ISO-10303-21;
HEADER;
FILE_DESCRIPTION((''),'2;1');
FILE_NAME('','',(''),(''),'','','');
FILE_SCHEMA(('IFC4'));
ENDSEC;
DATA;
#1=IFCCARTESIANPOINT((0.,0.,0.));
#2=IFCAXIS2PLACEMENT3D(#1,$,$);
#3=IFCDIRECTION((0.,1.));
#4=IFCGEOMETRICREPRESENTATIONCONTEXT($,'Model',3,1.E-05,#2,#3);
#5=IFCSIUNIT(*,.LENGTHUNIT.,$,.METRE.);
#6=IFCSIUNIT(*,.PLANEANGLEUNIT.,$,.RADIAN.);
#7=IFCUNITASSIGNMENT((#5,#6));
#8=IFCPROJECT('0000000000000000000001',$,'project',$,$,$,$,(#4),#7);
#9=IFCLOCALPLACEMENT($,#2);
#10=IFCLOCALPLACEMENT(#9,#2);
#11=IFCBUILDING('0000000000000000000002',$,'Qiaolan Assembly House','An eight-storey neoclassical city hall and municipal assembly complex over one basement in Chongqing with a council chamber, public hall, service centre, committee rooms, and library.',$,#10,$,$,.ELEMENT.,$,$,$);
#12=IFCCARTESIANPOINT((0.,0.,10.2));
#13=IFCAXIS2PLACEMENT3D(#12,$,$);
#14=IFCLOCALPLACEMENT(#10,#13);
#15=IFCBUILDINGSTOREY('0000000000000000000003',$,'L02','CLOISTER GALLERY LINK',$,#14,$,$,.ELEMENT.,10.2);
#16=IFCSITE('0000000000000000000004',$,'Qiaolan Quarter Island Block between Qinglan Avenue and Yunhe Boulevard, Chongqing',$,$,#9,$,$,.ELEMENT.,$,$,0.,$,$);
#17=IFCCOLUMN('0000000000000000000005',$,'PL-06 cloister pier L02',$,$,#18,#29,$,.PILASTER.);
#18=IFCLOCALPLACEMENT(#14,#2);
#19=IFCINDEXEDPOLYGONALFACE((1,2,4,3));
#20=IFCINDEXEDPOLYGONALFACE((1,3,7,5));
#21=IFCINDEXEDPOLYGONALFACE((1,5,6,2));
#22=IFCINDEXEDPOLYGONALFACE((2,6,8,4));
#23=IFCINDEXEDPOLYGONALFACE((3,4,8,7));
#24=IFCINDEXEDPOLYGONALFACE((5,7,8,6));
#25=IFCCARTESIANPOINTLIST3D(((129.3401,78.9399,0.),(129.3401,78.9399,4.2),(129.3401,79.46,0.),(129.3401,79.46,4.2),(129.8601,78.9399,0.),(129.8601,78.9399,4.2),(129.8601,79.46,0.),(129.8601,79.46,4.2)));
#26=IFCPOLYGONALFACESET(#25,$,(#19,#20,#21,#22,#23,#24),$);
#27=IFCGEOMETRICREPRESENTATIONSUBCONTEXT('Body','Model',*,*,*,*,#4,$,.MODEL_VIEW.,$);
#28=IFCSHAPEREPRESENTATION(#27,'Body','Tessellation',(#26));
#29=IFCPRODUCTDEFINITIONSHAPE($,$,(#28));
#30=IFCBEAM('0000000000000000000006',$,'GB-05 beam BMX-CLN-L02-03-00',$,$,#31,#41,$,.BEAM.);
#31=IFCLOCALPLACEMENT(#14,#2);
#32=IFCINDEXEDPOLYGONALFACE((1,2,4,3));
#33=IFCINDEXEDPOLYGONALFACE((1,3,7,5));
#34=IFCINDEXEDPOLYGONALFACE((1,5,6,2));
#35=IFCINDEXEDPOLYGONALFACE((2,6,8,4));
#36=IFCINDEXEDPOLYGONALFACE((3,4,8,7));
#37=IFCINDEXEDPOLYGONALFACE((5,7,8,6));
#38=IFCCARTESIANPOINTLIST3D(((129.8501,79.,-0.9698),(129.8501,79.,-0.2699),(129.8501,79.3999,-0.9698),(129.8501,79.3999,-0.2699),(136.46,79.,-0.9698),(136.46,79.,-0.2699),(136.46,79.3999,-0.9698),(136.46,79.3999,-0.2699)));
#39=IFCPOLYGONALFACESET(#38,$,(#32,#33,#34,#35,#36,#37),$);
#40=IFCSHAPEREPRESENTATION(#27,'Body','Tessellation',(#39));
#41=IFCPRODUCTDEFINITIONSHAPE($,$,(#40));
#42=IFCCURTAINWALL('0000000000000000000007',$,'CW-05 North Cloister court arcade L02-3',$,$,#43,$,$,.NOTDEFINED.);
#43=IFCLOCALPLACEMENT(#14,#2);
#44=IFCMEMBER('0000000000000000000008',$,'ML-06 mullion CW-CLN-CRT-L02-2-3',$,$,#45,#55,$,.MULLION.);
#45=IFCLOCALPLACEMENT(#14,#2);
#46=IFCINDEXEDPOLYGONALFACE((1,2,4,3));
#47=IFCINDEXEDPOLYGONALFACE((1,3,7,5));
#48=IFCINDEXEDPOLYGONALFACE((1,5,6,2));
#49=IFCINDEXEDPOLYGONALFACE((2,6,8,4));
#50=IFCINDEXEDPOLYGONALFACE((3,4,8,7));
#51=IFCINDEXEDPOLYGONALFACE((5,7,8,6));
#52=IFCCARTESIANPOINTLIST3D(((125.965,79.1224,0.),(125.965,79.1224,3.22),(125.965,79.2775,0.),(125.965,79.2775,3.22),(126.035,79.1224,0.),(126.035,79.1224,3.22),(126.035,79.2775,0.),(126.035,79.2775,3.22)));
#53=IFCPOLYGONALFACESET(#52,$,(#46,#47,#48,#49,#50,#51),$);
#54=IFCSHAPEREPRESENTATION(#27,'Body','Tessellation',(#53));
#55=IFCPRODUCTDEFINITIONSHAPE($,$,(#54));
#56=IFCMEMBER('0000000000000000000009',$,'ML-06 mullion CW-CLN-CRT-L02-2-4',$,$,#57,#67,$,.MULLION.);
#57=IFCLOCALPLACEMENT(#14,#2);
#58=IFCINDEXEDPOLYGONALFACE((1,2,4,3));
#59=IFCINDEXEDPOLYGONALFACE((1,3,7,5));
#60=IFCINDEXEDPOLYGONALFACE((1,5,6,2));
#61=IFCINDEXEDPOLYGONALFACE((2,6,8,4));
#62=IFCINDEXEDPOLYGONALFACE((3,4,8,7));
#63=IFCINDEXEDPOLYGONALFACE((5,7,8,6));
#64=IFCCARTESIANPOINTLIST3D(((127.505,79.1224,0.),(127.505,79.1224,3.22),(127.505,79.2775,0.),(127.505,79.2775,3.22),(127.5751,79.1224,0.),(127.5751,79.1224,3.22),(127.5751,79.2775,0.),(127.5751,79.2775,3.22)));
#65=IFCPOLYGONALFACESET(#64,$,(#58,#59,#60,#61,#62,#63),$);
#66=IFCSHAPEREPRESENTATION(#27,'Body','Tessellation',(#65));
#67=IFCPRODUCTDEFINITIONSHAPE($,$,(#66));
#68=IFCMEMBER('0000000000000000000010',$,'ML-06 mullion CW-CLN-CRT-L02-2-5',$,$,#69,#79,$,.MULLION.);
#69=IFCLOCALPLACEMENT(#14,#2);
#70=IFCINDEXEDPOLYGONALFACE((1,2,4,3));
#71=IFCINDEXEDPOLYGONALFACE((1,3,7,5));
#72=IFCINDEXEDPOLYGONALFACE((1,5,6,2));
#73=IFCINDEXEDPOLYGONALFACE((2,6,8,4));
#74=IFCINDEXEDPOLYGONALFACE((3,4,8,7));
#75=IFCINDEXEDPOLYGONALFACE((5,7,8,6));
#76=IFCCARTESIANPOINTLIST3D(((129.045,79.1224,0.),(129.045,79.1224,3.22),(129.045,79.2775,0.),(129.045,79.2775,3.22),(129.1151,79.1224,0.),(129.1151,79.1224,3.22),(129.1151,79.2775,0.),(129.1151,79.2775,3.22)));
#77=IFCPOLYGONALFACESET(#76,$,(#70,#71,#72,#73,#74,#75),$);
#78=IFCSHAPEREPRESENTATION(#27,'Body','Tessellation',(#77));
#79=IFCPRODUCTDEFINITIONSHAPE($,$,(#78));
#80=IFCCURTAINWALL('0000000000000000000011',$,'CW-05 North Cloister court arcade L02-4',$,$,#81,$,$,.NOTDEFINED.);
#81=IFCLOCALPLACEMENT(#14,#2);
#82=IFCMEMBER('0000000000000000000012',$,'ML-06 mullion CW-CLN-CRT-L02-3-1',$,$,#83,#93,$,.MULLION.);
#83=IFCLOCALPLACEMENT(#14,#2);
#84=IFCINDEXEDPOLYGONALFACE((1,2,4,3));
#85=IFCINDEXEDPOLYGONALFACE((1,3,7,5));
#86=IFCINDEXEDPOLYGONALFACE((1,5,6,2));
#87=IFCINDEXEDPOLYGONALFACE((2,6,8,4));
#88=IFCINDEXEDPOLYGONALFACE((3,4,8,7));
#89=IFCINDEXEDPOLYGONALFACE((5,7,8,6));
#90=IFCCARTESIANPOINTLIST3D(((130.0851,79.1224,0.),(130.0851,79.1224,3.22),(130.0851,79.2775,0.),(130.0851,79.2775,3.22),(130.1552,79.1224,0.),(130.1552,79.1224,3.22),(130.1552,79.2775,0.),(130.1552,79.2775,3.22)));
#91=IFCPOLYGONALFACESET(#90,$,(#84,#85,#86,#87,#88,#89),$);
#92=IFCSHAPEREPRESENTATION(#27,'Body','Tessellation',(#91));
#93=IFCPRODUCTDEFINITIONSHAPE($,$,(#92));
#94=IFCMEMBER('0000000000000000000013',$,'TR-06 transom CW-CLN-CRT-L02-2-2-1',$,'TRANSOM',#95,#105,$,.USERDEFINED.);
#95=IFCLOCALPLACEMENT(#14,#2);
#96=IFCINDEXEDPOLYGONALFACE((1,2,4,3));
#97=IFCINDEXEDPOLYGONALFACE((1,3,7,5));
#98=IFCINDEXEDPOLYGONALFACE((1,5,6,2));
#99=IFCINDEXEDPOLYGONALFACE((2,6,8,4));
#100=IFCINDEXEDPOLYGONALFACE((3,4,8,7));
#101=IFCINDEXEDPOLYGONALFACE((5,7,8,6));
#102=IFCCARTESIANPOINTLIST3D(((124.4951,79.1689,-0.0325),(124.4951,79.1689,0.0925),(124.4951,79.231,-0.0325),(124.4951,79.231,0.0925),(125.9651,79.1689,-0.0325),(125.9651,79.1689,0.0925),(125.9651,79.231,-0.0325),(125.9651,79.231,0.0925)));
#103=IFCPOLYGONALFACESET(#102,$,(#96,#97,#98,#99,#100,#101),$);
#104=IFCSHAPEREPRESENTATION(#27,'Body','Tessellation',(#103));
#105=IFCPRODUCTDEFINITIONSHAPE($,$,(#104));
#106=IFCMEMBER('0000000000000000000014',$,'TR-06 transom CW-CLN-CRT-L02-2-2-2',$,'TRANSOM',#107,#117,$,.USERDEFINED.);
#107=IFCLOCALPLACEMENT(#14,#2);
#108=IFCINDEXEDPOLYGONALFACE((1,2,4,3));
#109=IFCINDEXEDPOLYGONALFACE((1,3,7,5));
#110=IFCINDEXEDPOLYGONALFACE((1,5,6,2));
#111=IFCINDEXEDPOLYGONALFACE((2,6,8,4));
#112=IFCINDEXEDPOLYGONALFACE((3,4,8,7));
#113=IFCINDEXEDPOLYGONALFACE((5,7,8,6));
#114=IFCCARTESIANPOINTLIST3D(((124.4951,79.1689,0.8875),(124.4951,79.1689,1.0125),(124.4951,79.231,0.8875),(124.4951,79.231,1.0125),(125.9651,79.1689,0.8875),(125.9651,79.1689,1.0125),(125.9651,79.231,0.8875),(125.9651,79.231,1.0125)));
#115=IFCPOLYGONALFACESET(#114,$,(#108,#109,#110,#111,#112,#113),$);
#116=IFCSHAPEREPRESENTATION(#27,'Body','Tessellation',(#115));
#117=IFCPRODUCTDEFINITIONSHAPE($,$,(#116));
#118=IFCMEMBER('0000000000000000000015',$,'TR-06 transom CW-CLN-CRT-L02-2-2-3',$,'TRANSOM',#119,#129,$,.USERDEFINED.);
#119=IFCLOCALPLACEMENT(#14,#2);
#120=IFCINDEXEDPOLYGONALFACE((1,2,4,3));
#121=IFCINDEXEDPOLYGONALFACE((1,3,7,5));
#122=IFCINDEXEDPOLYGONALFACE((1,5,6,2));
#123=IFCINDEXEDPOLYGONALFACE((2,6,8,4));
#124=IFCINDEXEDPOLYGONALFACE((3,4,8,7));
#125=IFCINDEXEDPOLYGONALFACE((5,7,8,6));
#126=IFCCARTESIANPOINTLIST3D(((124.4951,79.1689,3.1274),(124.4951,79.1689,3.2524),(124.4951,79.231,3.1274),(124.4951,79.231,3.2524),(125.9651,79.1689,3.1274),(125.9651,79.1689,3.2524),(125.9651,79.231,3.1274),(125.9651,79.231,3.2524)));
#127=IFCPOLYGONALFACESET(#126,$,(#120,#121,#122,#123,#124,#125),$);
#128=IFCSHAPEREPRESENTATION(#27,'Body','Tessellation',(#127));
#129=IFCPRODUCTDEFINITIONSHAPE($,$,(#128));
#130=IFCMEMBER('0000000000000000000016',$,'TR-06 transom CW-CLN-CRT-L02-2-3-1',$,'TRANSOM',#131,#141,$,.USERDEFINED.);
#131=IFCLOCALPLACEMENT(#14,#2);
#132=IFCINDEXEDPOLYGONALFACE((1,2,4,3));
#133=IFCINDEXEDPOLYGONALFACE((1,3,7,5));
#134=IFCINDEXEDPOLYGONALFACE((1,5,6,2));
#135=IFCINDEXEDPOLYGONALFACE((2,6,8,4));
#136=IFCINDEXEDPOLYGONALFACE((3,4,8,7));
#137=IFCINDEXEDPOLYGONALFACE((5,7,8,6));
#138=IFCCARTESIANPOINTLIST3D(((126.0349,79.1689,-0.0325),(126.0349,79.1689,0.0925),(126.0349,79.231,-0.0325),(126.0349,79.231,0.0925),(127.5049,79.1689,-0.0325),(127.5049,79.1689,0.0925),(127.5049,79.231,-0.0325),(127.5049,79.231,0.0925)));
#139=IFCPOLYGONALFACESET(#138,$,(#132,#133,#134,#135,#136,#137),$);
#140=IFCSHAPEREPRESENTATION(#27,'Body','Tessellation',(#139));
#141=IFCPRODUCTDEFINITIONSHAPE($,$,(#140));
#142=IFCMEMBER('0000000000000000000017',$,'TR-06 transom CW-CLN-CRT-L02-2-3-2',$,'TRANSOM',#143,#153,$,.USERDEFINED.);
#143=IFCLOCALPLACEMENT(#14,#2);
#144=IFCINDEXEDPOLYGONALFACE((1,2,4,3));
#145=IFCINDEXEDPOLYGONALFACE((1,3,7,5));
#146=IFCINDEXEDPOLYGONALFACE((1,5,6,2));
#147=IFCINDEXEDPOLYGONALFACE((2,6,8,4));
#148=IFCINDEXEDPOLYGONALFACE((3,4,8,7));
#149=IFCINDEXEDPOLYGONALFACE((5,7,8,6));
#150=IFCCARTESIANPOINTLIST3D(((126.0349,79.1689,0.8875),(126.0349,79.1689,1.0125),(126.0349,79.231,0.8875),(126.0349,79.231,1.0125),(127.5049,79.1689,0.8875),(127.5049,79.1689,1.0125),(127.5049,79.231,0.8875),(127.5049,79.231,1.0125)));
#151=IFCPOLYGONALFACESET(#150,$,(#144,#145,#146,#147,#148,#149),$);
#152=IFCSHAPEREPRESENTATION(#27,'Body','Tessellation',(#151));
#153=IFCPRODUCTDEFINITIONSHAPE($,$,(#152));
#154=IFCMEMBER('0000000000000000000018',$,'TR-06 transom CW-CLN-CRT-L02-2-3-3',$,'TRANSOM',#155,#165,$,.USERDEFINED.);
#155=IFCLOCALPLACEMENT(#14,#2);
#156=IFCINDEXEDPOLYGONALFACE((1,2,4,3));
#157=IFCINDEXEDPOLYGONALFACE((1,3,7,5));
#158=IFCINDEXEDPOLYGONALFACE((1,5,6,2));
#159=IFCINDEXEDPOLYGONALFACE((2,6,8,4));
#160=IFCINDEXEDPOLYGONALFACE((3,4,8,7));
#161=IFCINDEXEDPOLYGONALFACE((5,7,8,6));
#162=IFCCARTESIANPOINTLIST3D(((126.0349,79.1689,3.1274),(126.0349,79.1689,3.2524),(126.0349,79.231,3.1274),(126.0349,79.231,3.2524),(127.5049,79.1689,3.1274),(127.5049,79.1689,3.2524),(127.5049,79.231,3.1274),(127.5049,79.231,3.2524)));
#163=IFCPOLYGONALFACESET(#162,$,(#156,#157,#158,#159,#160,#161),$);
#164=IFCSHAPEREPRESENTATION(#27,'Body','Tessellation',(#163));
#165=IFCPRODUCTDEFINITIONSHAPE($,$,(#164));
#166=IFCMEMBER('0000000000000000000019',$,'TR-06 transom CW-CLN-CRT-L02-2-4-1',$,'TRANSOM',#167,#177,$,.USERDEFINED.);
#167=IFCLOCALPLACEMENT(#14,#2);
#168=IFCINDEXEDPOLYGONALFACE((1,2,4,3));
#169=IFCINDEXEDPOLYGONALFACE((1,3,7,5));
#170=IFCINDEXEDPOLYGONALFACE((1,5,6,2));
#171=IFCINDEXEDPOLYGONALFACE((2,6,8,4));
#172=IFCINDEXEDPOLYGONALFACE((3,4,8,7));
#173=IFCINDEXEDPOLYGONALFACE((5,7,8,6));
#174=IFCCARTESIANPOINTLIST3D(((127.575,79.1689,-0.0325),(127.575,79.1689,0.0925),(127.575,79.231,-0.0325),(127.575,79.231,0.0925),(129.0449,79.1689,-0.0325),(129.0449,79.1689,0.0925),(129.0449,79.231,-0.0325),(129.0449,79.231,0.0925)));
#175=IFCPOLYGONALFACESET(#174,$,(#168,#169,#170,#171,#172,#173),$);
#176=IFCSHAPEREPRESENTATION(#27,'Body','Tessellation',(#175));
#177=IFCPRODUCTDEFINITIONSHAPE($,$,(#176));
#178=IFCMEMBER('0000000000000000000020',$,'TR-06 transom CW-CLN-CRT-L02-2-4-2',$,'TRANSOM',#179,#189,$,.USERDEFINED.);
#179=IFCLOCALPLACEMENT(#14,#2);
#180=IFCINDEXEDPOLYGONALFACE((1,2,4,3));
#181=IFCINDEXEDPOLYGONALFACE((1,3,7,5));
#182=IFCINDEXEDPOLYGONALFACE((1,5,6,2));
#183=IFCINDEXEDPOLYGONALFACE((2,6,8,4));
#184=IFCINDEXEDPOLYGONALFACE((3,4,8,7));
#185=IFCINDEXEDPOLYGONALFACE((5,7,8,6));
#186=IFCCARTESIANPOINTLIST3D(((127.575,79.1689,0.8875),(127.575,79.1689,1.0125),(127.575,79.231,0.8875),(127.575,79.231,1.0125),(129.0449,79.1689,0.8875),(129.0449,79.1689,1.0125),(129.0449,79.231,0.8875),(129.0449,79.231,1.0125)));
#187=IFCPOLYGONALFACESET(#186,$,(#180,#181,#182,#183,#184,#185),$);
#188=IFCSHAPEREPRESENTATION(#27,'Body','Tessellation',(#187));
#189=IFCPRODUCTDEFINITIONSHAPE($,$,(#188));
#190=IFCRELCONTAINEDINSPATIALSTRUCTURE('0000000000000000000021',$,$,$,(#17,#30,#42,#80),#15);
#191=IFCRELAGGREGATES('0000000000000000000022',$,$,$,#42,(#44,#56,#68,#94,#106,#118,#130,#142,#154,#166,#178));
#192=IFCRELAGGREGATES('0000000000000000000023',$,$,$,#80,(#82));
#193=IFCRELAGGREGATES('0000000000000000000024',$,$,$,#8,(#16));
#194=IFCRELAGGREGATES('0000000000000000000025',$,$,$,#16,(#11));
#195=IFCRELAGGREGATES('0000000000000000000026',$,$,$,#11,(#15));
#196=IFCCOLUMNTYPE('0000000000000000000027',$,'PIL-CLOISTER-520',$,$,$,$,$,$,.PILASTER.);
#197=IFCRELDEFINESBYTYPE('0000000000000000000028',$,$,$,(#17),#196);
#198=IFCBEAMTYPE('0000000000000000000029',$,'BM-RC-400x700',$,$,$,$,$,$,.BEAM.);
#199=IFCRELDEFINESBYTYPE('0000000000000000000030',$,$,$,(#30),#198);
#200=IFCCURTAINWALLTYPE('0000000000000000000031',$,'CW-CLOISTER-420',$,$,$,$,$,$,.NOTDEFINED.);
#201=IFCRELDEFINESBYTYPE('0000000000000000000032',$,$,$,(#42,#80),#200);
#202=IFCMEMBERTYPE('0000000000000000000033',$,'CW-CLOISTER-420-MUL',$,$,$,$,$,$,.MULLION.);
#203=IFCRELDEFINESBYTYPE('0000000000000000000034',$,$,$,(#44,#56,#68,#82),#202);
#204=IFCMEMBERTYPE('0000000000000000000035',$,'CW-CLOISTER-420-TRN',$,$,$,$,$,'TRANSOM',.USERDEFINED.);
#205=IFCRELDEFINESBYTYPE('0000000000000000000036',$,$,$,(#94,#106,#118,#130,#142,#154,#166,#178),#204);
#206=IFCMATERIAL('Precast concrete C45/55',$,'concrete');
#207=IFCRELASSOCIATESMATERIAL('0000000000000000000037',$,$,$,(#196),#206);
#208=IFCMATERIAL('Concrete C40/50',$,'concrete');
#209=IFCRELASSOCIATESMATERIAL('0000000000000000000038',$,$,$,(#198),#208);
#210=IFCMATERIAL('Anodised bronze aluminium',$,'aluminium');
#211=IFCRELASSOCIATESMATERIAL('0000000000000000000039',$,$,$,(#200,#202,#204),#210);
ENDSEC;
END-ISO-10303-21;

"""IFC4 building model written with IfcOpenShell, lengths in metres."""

from ifc_helpers import new_model, si_unit, direction, frame, origin, origin_2d, place, context, subcontext, project, spatial, rectangle, extrude, material, material_profile, profile_set, type_object, element, aggregate, save


model = new_model("IFC4")

# Units and contexts
model_context = context("Model", 3, precision=1e-05, world=origin(), true_north=direction((0.0, 1.0)))
body_context = subcontext(model_context, "Body", "Model", "MODEL_VIEW")
ifc_project = project(units=[si_unit("LENGTHUNIT", "METRE"), si_unit("PLANEANGLEUNIT", "RADIAN")], contexts=[model_context])

# Site, building, storey
site_placement = place(None, origin())
site = spatial("IfcSite", under=ifc_project, at=site_placement, Name="Qiaolan Quarter Island Block between Qinglan Avenue and Yunhe Boulevard, Chongqing", CompositionType="ELEMENT", RefElevation=0.0)
building_placement = place(site_placement, origin())
building = spatial("IfcBuilding", under=site, at=building_placement, Name="Qiaolan Assembly House", Description="An eight-storey neoclassical city hall and municipal assembly complex over one basement in Chongqing with a council chamber, public hall, service centre, committee rooms, and library.", CompositionType="ELEMENT")
storey_placement = place(building_placement, frame((0.0, 0.0, 10.2)))
storey = spatial("IfcBuildingStorey", under=building, at=storey_placement, Name="L02", Description="CLOISTER GALLERY LINK", CompositionType="ELEMENT", Elevation=10.2)

# Column
ifc_material_1 = material(Name="Precast concrete C45/55", Category="concrete")
ifc_material_profile_1 = material_profile(ifc_material_1, rectangle(XDim=0.52, YDim=0.52, at=origin_2d()), Name="PIL 520x520")
ifc_profile_set_1 = profile_set([ifc_material_profile_1], Name="Precast concrete C45/55")
column_type = type_object("IfcColumnType", Name="PIL-CLOISTER-520", PredefinedType="PILASTER", material=ifc_profile_set_1)
column_placement = place(storey_placement, frame((129.6001, 79.2, 0.0), z_axis=(0.0, 0.0, 1.0), x_axis=(1.0, 0.0, 0.0)))
element("IfcColumn", 1, at=column_placement, inside=storey, type_object=column_type, Name="PL-06 cloister pier L02", PredefinedType="PILASTER", context=body_context, shape_type="SweptSolid", body=[
    extrude(rectangle(XDim=0.52, YDim=0.52, at=origin_2d()), origin(), (0.0, 0.0, 1.0), 4.2),
])

# Beam
ifc_material_2 = material(Name="Concrete C40/50", Category="concrete")
ifc_material_profile_2 = material_profile(ifc_material_2, rectangle(XDim=0.3999, YDim=0.7, at=origin_2d()), Name="RCB 400x700")
ifc_profile_set_2 = profile_set([ifc_material_profile_2], Name="Concrete C40/50")
beam_type_1 = type_object("IfcBeamType", Name="BM-RC-400x700", PredefinedType="BEAM", material=ifc_profile_set_2)
beam_placement = place(storey_placement, frame((129.8501, 79.2, -0.6199), z_axis=(1.0, 0.0, 0.0), x_axis=(0.0, 1.0, 0.0)))
element("IfcBeam", 2, at=beam_placement, inside=storey, type_object=beam_type_1, Name="GB-05 beam BMX-CLN-L02-03-00", PredefinedType="BEAM", context=body_context, shape_type="SweptSolid", body=[
    extrude(rectangle(XDim=0.3999, YDim=0.7, at=origin_2d()), origin(), (0.0, 0.0, 1.0), 6.6099),
])

# Curtain wall, members
ifc_material_3 = material(Name="Anodised bronze aluminium", Category="aluminium")
curtain_wall_type = type_object("IfcCurtainWallType", Name="CW-CLOISTER-420", PredefinedType="NOTDEFINED", material=ifc_material_3)
curtain_wall_1_placement = place(storey_placement, origin())
curtain_wall_1 = element("IfcCurtainWall", 3, at=curtain_wall_1_placement, inside=storey, type_object=curtain_wall_type, Name="CW-05 North Cloister court arcade L02-3", PredefinedType="NOTDEFINED")
ifc_material_profile_3 = material_profile(ifc_material_3, rectangle(XDim=0.0701, YDim=0.155, at=origin_2d()), Name="MUL 70x155")
ifc_profile_set_3 = profile_set([ifc_material_profile_3], Name="Anodised bronze aluminium")
member_type_1 = type_object("IfcMemberType", Name="CW-CLOISTER-420-MUL", PredefinedType="MULLION", material=ifc_profile_set_3)
member_1_placement = place(storey_placement, frame((126.0, 79.2, 0.0), z_axis=(0.0, 0.0, 1.0), x_axis=(1.0, 0.0, 0.0)))
member_1 = element("IfcMember", 4, at=member_1_placement, type_object=member_type_1, Name="ML-06 mullion CW-CLN-CRT-L02-2-3", PredefinedType="MULLION", context=body_context, shape_type="SweptSolid", body=[
    extrude(rectangle(XDim=0.0701, YDim=0.155, at=origin_2d()), origin(), (0.0, 0.0, 1.0), 3.22),
])
member_2_placement = place(storey_placement, frame((127.54, 79.2, 0.0), z_axis=(0.0, 0.0, 1.0), x_axis=(1.0, 0.0, 0.0)))
member_2 = element("IfcMember", 5, at=member_2_placement, type_object=member_type_1, Name="ML-06 mullion CW-CLN-CRT-L02-2-4", PredefinedType="MULLION", context=body_context, shape_type="SweptSolid", body=[
    extrude(rectangle(XDim=0.0701, YDim=0.155, at=origin_2d()), origin(), (0.0, 0.0, 1.0), 3.22),
])
member_3_placement = place(storey_placement, frame((129.0801, 79.2, 0.0), z_axis=(0.0, 0.0, 1.0), x_axis=(1.0, 0.0, 0.0)))
member_3 = element("IfcMember", 6, at=member_3_placement, type_object=member_type_1, Name="ML-06 mullion CW-CLN-CRT-L02-2-5", PredefinedType="MULLION", context=body_context, shape_type="SweptSolid", body=[
    extrude(rectangle(XDim=0.0701, YDim=0.155, at=origin_2d()), origin(), (0.0, 0.0, 1.0), 3.22),
])

# Curtain wall, member
curtain_wall_2_placement = place(storey_placement, origin())
curtain_wall_2 = element("IfcCurtainWall", 7, at=curtain_wall_2_placement, inside=storey, type_object=curtain_wall_type, Name="CW-05 North Cloister court arcade L02-4", PredefinedType="NOTDEFINED")
member_4_placement = place(storey_placement, frame((130.1201, 79.2, 0.0), z_axis=(0.0, 0.0, 1.0), x_axis=(1.0, 0.0, 0.0)))
member_4 = element("IfcMember", 8, at=member_4_placement, type_object=member_type_1, Name="ML-06 mullion CW-CLN-CRT-L02-3-1", PredefinedType="MULLION", context=body_context, shape_type="SweptSolid", body=[
    extrude(rectangle(XDim=0.0701, YDim=0.155, at=origin_2d()), origin(), (0.0, 0.0, 1.0), 3.22),
])

# Members
ifc_material_profile_4 = material_profile(ifc_material_3, rectangle(XDim=0.062, YDim=0.125, at=origin_2d()), Name="TRN 62x125")
ifc_profile_set_4 = profile_set([ifc_material_profile_4], Name="Anodised bronze aluminium")
member_type_2 = type_object("IfcMemberType", Name="CW-CLOISTER-420-TRN", ElementType="TRANSOM", PredefinedType="USERDEFINED", material=ifc_profile_set_4)
member_5_placement = place(storey_placement, frame((124.4951, 79.2, 0.03), z_axis=(1.0, 0.0, 0.0), x_axis=(0.0, 1.0, 0.0)))
member_5 = element("IfcMember", 9, at=member_5_placement, type_object=member_type_2, Name="TR-06 transom CW-CLN-CRT-L02-2-2-1", ObjectType="TRANSOM", PredefinedType="USERDEFINED", context=body_context, shape_type="SweptSolid", body=[
    extrude(rectangle(XDim=0.062, YDim=0.125, at=origin_2d()), origin(), (0.0, 0.0, 1.0), 1.47),
])
member_6_placement = place(storey_placement, frame((124.4951, 79.2, 0.95), z_axis=(1.0, 0.0, 0.0), x_axis=(0.0, 1.0, 0.0)))
member_6 = element("IfcMember", 10, at=member_6_placement, type_object=member_type_2, Name="TR-06 transom CW-CLN-CRT-L02-2-2-2", ObjectType="TRANSOM", PredefinedType="USERDEFINED", context=body_context, shape_type="SweptSolid", body=[
    extrude(rectangle(XDim=0.062, YDim=0.125, at=origin_2d()), origin(), (0.0, 0.0, 1.0), 1.47),
])
member_7_placement = place(storey_placement, frame((124.4951, 79.2, 3.1899), z_axis=(1.0, 0.0, 0.0), x_axis=(0.0, 1.0, 0.0)))
member_7 = element("IfcMember", 11, at=member_7_placement, type_object=member_type_2, Name="TR-06 transom CW-CLN-CRT-L02-2-2-3", ObjectType="TRANSOM", PredefinedType="USERDEFINED", context=body_context, shape_type="SweptSolid", body=[
    extrude(rectangle(XDim=0.062, YDim=0.125, at=origin_2d()), origin(), (0.0, 0.0, 1.0), 1.47),
])
member_8_placement = place(storey_placement, frame((126.0349, 79.2, 0.03), z_axis=(1.0, 0.0, 0.0), x_axis=(0.0, 1.0, 0.0)))
member_8 = element("IfcMember", 12, at=member_8_placement, type_object=member_type_2, Name="TR-06 transom CW-CLN-CRT-L02-2-3-1", ObjectType="TRANSOM", PredefinedType="USERDEFINED", context=body_context, shape_type="SweptSolid", body=[
    extrude(rectangle(XDim=0.062, YDim=0.125, at=origin_2d()), origin(), (0.0, 0.0, 1.0), 1.47),
])
member_9_placement = place(storey_placement, frame((126.0349, 79.2, 0.95), z_axis=(1.0, 0.0, 0.0), x_axis=(0.0, 1.0, 0.0)))
member_9 = element("IfcMember", 13, at=member_9_placement, type_object=member_type_2, Name="TR-06 transom CW-CLN-CRT-L02-2-3-2", ObjectType="TRANSOM", PredefinedType="USERDEFINED", context=body_context, shape_type="SweptSolid", body=[
    extrude(rectangle(XDim=0.062, YDim=0.125, at=origin_2d()), origin(), (0.0, 0.0, 1.0), 1.47),
])
member_10_placement = place(storey_placement, frame((126.0349, 79.2, 3.1899), z_axis=(1.0, 0.0, 0.0), x_axis=(0.0, 1.0, 0.0)))
member_10 = element("IfcMember", 14, at=member_10_placement, type_object=member_type_2, Name="TR-06 transom CW-CLN-CRT-L02-2-3-3", ObjectType="TRANSOM", PredefinedType="USERDEFINED", context=body_context, shape_type="SweptSolid", body=[
    extrude(rectangle(XDim=0.062, YDim=0.125, at=origin_2d()), origin(), (0.0, 0.0, 1.0), 1.47),
])
member_11_placement = place(storey_placement, frame((127.575, 79.2, 0.03), z_axis=(1.0, 0.0, 0.0), x_axis=(0.0, 1.0, 0.0)))
member_11 = element("IfcMember", 15, at=member_11_placement, type_object=member_type_2, Name="TR-06 transom CW-CLN-CRT-L02-2-4-1", ObjectType="TRANSOM", PredefinedType="USERDEFINED", context=body_context, shape_type="SweptSolid", body=[
    extrude(rectangle(XDim=0.062, YDim=0.125, at=origin_2d()), origin(), (0.0, 0.0, 1.0), 1.47),
])
member_12_placement = place(storey_placement, frame((127.575, 79.2, 0.95), z_axis=(1.0, 0.0, 0.0), x_axis=(0.0, 1.0, 0.0)))
member_12 = element("IfcMember", 16, at=member_12_placement, type_object=member_type_2, Name="TR-06 transom CW-CLN-CRT-L02-2-4-2", ObjectType="TRANSOM", PredefinedType="USERDEFINED", context=body_context, shape_type="SweptSolid", body=[
    extrude(rectangle(XDim=0.062, YDim=0.125, at=origin_2d()), origin(), (0.0, 0.0, 1.0), 1.47),
])

aggregate(curtain_wall_1, [member_1, member_2, member_3, member_5, member_6, member_7, member_8, member_9, member_10, member_11, member_12])
aggregate(curtain_wall_2, [member_4])

save(model, "model.ifc")
